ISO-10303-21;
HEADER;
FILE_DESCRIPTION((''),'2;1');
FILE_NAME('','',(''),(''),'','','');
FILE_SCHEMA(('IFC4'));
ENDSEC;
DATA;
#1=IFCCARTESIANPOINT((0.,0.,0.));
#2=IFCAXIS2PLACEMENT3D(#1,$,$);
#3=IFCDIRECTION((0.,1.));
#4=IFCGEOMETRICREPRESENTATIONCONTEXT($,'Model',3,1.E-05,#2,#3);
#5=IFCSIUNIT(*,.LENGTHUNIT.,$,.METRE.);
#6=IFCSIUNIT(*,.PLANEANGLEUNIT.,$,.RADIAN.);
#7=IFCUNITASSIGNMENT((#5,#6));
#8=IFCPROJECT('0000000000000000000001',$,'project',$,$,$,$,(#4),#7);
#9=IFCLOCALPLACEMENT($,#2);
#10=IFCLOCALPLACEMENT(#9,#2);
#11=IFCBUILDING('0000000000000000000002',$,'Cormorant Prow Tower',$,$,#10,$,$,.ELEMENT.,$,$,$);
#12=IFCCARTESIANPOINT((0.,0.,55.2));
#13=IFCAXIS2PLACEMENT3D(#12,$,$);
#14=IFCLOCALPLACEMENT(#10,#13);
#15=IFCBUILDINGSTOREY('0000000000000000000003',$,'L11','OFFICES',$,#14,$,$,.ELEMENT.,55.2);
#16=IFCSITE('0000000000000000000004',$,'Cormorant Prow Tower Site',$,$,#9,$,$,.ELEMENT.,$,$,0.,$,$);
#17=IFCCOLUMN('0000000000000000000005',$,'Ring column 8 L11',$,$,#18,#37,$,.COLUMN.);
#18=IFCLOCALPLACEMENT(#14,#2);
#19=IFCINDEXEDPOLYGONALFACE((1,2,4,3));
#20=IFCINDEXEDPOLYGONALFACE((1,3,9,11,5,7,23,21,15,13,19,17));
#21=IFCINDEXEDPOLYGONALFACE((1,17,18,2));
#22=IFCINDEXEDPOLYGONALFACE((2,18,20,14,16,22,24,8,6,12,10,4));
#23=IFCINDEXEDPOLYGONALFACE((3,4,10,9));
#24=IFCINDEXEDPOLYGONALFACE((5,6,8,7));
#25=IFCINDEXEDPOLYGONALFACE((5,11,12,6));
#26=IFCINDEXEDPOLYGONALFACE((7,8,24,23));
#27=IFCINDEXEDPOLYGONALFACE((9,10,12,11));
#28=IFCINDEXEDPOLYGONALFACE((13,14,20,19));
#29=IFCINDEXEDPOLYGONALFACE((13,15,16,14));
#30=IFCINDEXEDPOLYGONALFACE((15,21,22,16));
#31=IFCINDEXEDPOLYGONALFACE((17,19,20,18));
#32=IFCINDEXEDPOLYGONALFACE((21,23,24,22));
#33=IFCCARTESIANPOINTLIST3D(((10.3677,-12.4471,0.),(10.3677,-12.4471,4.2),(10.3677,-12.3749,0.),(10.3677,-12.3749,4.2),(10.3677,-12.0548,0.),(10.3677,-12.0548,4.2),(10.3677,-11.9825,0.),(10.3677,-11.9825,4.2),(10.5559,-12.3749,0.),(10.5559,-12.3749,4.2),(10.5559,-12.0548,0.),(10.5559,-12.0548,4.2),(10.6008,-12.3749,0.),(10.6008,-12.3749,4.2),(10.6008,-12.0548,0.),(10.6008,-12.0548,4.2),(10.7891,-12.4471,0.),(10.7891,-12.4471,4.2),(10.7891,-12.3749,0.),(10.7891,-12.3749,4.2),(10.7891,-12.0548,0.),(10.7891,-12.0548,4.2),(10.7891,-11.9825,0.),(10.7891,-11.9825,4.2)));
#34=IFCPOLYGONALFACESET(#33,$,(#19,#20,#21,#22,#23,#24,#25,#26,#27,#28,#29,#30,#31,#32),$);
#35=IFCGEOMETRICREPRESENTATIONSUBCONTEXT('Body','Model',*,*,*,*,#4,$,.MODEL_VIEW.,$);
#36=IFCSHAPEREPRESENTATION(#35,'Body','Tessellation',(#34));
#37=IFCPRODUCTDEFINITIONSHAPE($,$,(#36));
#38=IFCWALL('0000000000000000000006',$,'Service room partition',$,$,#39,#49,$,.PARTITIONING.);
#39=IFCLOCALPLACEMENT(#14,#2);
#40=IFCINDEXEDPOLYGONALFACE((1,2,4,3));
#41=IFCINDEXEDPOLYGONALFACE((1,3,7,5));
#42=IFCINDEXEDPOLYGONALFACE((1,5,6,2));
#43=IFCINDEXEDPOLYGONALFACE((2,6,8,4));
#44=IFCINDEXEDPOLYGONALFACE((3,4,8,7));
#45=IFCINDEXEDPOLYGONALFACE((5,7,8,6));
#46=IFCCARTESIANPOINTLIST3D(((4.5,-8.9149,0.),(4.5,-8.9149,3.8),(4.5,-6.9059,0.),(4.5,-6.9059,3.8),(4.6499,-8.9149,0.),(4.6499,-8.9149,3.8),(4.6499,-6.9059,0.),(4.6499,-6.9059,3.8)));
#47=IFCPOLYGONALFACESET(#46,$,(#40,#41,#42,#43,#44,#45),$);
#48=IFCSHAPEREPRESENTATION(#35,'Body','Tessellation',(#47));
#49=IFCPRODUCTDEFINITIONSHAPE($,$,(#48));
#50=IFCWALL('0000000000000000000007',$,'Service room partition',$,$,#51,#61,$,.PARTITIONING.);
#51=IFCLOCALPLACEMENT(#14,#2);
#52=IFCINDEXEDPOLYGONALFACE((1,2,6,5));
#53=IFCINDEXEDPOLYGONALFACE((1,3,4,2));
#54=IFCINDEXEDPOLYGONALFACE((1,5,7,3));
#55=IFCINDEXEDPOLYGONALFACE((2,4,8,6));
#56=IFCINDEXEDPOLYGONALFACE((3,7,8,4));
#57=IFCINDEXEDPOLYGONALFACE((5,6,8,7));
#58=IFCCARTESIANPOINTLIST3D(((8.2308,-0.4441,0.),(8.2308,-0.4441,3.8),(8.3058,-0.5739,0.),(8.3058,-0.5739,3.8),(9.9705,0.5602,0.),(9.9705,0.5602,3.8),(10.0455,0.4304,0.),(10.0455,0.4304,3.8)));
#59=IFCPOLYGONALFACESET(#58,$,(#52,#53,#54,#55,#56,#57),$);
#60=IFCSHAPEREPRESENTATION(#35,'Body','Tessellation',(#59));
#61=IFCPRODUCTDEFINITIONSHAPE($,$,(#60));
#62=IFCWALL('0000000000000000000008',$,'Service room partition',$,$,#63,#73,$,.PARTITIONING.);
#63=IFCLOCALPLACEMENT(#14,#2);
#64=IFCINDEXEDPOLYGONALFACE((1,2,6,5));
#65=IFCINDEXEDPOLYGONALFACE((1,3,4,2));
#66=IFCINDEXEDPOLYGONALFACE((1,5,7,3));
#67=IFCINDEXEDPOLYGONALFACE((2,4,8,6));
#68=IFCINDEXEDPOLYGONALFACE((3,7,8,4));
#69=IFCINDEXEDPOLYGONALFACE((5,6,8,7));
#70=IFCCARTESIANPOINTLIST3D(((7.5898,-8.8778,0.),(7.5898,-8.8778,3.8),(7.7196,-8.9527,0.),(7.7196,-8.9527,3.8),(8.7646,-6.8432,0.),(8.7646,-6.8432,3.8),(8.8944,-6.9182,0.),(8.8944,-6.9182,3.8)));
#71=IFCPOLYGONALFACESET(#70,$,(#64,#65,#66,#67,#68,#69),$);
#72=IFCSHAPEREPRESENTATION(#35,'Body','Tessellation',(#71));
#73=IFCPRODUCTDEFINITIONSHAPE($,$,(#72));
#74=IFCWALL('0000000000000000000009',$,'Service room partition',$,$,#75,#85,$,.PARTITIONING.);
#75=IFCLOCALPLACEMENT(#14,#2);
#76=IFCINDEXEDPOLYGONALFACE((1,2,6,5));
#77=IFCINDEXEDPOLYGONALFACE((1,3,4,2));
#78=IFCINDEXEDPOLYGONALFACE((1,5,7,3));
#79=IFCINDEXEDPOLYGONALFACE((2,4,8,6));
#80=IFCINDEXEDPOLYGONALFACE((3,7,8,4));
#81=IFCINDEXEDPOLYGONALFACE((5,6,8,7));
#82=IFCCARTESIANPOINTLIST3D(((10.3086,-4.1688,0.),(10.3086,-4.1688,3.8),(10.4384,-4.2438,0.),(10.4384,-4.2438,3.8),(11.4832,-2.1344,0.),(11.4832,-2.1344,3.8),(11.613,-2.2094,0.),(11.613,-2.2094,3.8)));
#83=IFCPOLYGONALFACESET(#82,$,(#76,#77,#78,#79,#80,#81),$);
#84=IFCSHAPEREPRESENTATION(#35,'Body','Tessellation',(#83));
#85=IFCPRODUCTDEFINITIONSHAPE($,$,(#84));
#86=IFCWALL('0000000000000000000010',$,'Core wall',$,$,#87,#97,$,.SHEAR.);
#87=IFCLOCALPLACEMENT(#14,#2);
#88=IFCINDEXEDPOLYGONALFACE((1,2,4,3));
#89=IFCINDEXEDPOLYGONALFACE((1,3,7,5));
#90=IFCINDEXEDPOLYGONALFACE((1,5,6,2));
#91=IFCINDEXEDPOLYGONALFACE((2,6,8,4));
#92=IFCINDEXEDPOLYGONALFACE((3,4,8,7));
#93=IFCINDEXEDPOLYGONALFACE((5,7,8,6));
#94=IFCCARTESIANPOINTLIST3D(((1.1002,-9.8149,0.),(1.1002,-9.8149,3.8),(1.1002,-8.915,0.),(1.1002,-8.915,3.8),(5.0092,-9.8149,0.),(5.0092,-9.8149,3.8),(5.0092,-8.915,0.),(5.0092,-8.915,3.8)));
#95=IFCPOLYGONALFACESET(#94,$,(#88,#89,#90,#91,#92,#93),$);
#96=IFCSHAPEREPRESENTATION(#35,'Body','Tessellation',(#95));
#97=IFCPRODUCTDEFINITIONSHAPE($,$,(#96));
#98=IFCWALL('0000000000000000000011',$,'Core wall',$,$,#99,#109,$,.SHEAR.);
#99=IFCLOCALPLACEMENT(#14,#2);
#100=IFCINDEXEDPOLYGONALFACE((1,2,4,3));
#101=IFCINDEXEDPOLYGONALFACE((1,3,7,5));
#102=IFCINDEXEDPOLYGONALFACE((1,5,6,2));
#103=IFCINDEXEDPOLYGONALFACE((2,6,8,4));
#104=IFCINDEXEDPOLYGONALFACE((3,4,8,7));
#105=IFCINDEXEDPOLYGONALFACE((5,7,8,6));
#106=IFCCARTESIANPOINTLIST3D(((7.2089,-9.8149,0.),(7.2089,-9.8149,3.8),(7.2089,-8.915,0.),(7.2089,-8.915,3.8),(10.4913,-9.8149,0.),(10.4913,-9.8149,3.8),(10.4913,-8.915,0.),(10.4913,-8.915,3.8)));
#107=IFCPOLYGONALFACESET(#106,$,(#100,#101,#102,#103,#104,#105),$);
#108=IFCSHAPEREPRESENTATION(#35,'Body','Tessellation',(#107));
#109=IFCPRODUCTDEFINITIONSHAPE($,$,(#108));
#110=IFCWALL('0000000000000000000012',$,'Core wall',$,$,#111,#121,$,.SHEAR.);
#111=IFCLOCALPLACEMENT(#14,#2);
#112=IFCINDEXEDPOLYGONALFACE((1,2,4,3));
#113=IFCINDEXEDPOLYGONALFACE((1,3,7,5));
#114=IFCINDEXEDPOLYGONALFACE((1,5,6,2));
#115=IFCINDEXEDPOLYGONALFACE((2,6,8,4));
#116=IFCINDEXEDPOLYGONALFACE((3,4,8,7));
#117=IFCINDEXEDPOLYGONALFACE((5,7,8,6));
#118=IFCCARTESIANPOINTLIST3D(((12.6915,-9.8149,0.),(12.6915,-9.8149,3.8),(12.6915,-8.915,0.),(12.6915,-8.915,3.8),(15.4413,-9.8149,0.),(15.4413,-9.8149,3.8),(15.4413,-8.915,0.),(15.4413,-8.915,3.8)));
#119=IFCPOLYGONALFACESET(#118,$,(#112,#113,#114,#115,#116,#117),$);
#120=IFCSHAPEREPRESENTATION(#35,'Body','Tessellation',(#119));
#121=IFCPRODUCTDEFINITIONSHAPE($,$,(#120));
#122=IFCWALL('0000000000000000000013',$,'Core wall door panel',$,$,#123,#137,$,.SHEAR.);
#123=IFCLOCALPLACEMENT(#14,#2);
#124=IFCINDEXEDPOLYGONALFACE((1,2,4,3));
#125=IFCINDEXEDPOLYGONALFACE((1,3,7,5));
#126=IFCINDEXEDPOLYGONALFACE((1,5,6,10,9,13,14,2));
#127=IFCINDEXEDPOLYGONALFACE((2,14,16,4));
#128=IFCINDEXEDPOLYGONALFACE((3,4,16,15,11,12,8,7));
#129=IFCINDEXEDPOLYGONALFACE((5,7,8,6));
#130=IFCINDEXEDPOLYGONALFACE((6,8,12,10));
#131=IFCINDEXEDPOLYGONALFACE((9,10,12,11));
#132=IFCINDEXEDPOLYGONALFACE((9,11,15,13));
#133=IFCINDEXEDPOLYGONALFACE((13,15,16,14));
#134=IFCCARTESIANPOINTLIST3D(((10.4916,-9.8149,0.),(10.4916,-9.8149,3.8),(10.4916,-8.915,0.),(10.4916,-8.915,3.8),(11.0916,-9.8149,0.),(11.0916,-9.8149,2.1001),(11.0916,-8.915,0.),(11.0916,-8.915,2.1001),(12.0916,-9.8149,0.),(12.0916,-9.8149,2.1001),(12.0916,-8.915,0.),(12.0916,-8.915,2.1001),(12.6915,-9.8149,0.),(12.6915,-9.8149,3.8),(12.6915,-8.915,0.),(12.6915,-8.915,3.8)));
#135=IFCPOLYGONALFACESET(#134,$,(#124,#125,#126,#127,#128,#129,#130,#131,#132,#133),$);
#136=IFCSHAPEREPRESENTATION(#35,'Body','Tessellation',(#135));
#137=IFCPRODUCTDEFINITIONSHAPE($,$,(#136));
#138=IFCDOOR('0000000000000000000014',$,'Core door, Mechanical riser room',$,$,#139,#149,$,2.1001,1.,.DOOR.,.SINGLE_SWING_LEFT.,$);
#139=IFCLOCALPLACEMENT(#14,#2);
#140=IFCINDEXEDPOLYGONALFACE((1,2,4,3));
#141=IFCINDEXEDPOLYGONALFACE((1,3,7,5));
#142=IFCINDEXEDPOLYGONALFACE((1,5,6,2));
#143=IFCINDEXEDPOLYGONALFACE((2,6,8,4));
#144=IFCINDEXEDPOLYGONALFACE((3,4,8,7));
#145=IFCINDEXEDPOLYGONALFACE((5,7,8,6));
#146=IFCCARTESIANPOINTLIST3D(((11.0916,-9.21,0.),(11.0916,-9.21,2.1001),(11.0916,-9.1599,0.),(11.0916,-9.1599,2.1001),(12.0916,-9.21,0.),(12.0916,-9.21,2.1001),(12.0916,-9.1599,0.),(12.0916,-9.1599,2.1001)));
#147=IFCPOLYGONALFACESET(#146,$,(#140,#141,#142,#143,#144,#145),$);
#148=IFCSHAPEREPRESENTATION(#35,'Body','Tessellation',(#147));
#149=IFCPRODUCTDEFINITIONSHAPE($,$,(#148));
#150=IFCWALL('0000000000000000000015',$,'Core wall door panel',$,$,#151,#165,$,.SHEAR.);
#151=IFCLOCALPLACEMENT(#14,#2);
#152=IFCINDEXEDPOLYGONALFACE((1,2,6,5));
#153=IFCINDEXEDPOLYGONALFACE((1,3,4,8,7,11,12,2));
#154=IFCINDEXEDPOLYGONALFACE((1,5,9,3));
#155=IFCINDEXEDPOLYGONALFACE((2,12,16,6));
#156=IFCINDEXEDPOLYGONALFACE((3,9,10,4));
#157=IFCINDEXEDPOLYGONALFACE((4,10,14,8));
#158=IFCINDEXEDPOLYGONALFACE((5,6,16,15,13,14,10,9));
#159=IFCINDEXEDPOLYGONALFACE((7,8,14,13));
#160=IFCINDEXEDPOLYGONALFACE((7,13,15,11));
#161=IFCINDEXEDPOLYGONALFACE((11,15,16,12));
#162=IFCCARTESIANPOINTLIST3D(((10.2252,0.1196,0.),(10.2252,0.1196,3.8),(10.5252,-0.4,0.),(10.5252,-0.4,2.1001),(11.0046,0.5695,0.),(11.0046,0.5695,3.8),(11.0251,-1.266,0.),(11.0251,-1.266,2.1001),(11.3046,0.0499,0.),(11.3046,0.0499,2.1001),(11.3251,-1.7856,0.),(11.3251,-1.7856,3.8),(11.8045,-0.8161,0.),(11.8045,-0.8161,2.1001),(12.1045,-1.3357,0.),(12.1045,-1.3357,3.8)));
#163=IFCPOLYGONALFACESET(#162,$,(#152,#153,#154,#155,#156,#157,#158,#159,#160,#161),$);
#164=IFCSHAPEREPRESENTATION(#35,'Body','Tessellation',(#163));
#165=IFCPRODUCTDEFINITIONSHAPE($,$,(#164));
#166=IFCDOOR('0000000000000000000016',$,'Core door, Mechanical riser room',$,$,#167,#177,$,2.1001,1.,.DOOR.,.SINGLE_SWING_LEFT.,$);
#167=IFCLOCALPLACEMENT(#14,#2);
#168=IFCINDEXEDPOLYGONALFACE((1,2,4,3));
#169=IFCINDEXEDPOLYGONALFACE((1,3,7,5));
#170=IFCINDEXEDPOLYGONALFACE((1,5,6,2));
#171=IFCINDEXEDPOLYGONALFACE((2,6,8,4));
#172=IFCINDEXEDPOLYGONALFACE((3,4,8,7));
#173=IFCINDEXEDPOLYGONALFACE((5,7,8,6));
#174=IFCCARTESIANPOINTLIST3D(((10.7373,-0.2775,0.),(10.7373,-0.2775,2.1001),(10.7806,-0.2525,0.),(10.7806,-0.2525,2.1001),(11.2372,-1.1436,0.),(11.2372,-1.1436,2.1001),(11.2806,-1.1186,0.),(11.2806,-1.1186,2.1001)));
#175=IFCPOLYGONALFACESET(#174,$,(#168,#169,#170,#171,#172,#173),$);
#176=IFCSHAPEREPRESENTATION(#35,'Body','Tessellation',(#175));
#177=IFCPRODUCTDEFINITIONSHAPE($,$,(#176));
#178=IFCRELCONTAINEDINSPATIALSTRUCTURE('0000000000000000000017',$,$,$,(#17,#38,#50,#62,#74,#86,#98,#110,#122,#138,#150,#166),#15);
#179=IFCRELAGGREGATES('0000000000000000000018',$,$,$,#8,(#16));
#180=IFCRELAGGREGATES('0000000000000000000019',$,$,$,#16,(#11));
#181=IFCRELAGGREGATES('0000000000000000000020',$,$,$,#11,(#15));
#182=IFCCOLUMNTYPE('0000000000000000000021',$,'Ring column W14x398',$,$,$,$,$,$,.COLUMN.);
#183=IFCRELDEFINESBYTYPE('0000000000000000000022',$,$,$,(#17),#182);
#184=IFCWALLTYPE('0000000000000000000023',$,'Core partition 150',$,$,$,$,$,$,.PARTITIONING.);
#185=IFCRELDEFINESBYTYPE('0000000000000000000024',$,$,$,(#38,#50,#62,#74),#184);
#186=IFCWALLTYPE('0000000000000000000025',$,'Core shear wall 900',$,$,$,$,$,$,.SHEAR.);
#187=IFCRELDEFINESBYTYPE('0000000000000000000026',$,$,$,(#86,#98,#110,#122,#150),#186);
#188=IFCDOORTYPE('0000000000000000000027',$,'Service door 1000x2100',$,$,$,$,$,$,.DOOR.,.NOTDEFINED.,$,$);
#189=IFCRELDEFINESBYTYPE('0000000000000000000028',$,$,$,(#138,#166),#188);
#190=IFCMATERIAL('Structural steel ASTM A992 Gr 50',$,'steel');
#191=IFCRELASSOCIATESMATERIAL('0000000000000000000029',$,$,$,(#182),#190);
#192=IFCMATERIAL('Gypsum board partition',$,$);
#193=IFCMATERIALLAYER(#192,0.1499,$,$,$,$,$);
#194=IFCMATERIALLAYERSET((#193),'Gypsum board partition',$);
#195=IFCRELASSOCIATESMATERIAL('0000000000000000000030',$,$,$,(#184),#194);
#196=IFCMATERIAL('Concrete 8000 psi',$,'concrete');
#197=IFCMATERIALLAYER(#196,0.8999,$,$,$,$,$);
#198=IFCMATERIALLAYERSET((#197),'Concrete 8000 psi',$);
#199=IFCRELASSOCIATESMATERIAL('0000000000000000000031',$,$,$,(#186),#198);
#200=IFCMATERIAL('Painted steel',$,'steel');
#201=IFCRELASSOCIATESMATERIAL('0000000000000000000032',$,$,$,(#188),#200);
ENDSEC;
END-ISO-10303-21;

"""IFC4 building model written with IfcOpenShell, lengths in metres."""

from ifc_helpers import new_model, si_unit, direction, frame, frame_2d, origin, origin_2d, place, context, subcontext, project, spatial, rectangle, i_section, extrude, material, layer, layer_set, material_profile, profile_set, type_object, element, fill, save


model = new_model("IFC4")

# Units and contexts
model_context = context("Model", 3, precision=1e-05, world=origin(), true_north=direction((0.0, 1.0)))
body_context = subcontext(model_context, "Body", "Model", "MODEL_VIEW")
ifc_project = project(units=[si_unit("LENGTHUNIT", "METRE"), si_unit("PLANEANGLEUNIT", "RADIAN")], contexts=[model_context])

# Site, building, storey
site_placement = place(None, origin())
site = spatial("IfcSite", under=ifc_project, at=site_placement, Name="Cormorant Prow Tower Site", CompositionType="ELEMENT", RefElevation=0.0)
building_placement = place(site_placement, origin())
building = spatial("IfcBuilding", under=site, at=building_placement, Name="Cormorant Prow Tower", CompositionType="ELEMENT")
storey_placement = place(building_placement, frame((0.0, 0.0, 55.2)))
storey = spatial("IfcBuildingStorey", under=building, at=storey_placement, Name="L11", Description="OFFICES", CompositionType="ELEMENT", Elevation=55.2)

# Column
ifc_material_1 = material(Name="Structural steel ASTM A992 Gr 50", Category="steel")
ifc_material_profile = material_profile(ifc_material_1, i_section(OverallWidth=0.4214, OverallDepth=0.4646, WebThickness=0.0449, FlangeThickness=0.0723, at=origin_2d()), Name="W14x398")
ifc_profile_set = profile_set([ifc_material_profile], Name="Structural steel ASTM A992 Gr 50")
column_type = type_object("IfcColumnType", Name="Ring column W14x398", PredefinedType="COLUMN", material=ifc_profile_set)
column_placement = place(storey_placement, frame((10.5784, -12.2148, 0.0), z_axis=(0.0, 0.0, 1.0), x_axis=(1.0, 0.0, 0.0)))
element("IfcColumn", 1, at=column_placement, inside=storey, type_object=column_type, Name="Ring column 8 L11", PredefinedType="COLUMN", context=body_context, shape_type="SweptSolid", body=[
    extrude(i_section(OverallWidth=0.4214, OverallDepth=0.4646, WebThickness=0.0449, FlangeThickness=0.0723, at=origin_2d()), origin(), (0.0, 0.0, 1.0), 4.2),
])

# Walls
ifc_material_2 = material(Name="Gypsum board partition")
ifc_layer_1 = layer(ifc_material_2, 0.1499)
ifc_layer_set_1 = layer_set([ifc_layer_1], Name="Gypsum board partition")
wall_type_1 = type_object("IfcWallType", Name="Core partition 150", PredefinedType="PARTITIONING", material=ifc_layer_set_1)
wall_1_placement = place(storey_placement, frame((4.575, -6.906, 0.0), z_axis=(0.0, 0.0, 1.0), x_axis=(0.0, -1.0, 0.0)))
element("IfcWall", 2, at=wall_1_placement, inside=storey, type_object=wall_type_1, Name="Service room partition", PredefinedType="PARTITIONING", context=body_context, shape_type="SweptSolid", body=[
    extrude(rectangle(XDim=2.009, YDim=0.1499, at=frame_2d((1.0044, 0.0))), origin(), (0.0, 0.0, 1.0), 3.8),
])
wall_2_placement = place(storey_placement, frame((8.2683, -0.509, 0.0), z_axis=(0.0, 0.0, 1.0), x_axis=(0.866036, 0.499982, 0.0)))
element("IfcWall", 3, at=wall_2_placement, inside=storey, type_object=wall_type_1, Name="Service room partition", PredefinedType="PARTITIONING", context=body_context, shape_type="SweptSolid", body=[
    extrude(rectangle(XDim=2.0088, YDim=0.1499, at=frame_2d((1.0044, 0.0))), origin(), (0.0, 0.0, 1.0), 3.8),
])
wall_3_placement = place(storey_placement, frame((8.8296, -6.8806, 0.0), z_axis=(0.0, 0.0, 1.0), x_axis=(-0.500073, -0.865983, 0.0)))
element("IfcWall", 4, at=wall_3_placement, inside=storey, type_object=wall_type_1, Name="Service room partition", PredefinedType="PARTITIONING", context=body_context, shape_type="SweptSolid", body=[
    extrude(rectangle(XDim=2.3494, YDim=0.1499, at=frame_2d((1.1748, 0.0))), origin(), (0.0, 0.0, 1.0), 3.8),
])
wall_4_placement = place(storey_placement, frame((10.3735, -4.2063, 0.0), z_axis=(0.0, 0.0, 1.0), x_axis=(0.499995, 0.866028, 0.0)))
element("IfcWall", 5, at=wall_4_placement, inside=storey, type_object=wall_type_1, Name="Service room partition", PredefinedType="PARTITIONING", context=body_context, shape_type="SweptSolid", body=[
    extrude(rectangle(XDim=2.3491, YDim=0.1499, at=frame_2d((1.1746, 0.0))), origin(), (0.0, 0.0, 1.0), 3.8),
])
ifc_material_3 = material(Name="Concrete 8000 psi", Category="concrete")
ifc_layer_2 = layer(ifc_material_3, 0.8999)
ifc_layer_set_2 = layer_set([ifc_layer_2], Name="Concrete 8000 psi")
wall_type_2 = type_object("IfcWallType", Name="Core shear wall 900", PredefinedType="SHEAR", material=ifc_layer_set_2)
wall_5_placement = place(storey_placement, frame((1.1001, -9.365, 0.0), z_axis=(0.0, 0.0, 1.0), x_axis=(1.0, 0.0, 0.0)))
element("IfcWall", 6, at=wall_5_placement, inside=storey, type_object=wall_type_2, Name="Core wall", PredefinedType="SHEAR", context=body_context, shape_type="SweptSolid", body=[
    extrude(rectangle(XDim=3.9089, YDim=0.8999, at=frame_2d((1.9546, 0.0))), origin(), (0.0, 0.0, 1.0), 3.8),
])
wall_6_placement = place(storey_placement, frame((7.209, -9.365, 0.0), z_axis=(0.0, 0.0, 1.0), x_axis=(1.0, 0.0, 0.0)))
element("IfcWall", 7, at=wall_6_placement, inside=storey, type_object=wall_type_2, Name="Core wall", PredefinedType="SHEAR", context=body_context, shape_type="SweptSolid", body=[
    extrude(rectangle(XDim=3.2825, YDim=0.8999, at=frame_2d((1.6411, 0.0))), origin(), (0.0, 0.0, 1.0), 3.8),
])
wall_7_placement = place(storey_placement, frame((12.6914, -9.365, 0.0), z_axis=(0.0, 0.0, 1.0), x_axis=(1.0, 0.0, 0.0)))
element("IfcWall", 8, at=wall_7_placement, inside=storey, type_object=wall_type_2, Name="Core wall", PredefinedType="SHEAR", context=body_context, shape_type="SweptSolid", body=[
    extrude(rectangle(XDim=2.7498, YDim=0.8999, at=frame_2d((1.375, 0.0))), origin(), (0.0, 0.0, 1.0), 3.8),
])

# Walls, openings, doors
wall_8_placement = place(storey_placement, frame((10.4915, -9.365, 0.0), z_axis=(0.0, 0.0, 1.0), x_axis=(1.0, 0.0, 0.0)))
wall_8 = element("IfcWall", 9, at=wall_8_placement, inside=storey, type_object=wall_type_2, Name="Core wall door panel", PredefinedType="SHEAR", context=body_context, shape_type="SweptSolid", body=[
    extrude(rectangle(XDim=2.2, YDim=0.8999, at=frame_2d((1.1001, 0.0))), origin(), (0.0, 0.0, 1.0), 3.8),
])
opening_1_placement = place(wall_8_placement, frame((0.6001, 0.0, 0.0)))
opening_1 = element("IfcOpeningElement", 10, at=opening_1_placement, cuts=wall_8, PredefinedType="OPENING", context=body_context, shape_type="SweptSolid", body=[
    extrude(rectangle(XDim=1.0, YDim=2.1001, at=frame_2d((0.5, 1.05))), frame((0.0, 0.46, 0.0), z_axis=(0.0, -1.0, 0.0), x_axis=(1.0, 0.0, 0.0)), (0.0, 0.0, 1.0), 0.9199),
])
ifc_material_4 = material(Name="Painted steel", Category="steel")
door_type_1 = type_object("IfcDoorType", Name="Service door 1000x2100", OperationType="NOTDEFINED", PredefinedType="DOOR", material=ifc_material_4)
door_1_placement = place(opening_1_placement, origin())
door_1 = element("IfcDoor", 11, at=door_1_placement, inside=storey, type_object=door_type_1, Name="Core door, Mechanical riser room", OperationType="SINGLE_SWING_LEFT", OverallHeight=2.1001, OverallWidth=1.0, PredefinedType="DOOR", context=body_context, shape_type="SweptSolid", body=[
    extrude(rectangle(XDim=1.0, YDim=2.1001, at=frame_2d((0.5, 1.05))), frame((0.0, 0.2051, 0.0), z_axis=(0.0, -1.0, 0.0), x_axis=(1.0, 0.0, 0.0)), (0.0, 0.0, 1.0), 0.05),
])
fill(opening_1, door_1)
wall_9_placement = place(storey_placement, frame((11.7148, -1.5608, 0.0), z_axis=(0.0, 0.0, 1.0), x_axis=(-0.499947, 0.866056, 0.0)))
wall_9 = element("IfcWall", 12, at=wall_9_placement, inside=storey, type_object=wall_type_2, Name="Core wall door panel", PredefinedType="SHEAR", context=body_context, shape_type="SweptSolid", body=[
    extrude(rectangle(XDim=2.2, YDim=0.8999, at=frame_2d((1.1001, 0.0))), origin(), (0.0, 0.0, 1.0), 3.8),
])
opening_2_placement = place(wall_9_placement, frame((0.6001, 0.0, 0.0)))
opening_2 = element("IfcOpeningElement", 13, at=opening_2_placement, cuts=wall_9, PredefinedType="OPENING", context=body_context, shape_type="SweptSolid", body=[
    extrude(rectangle(XDim=1.0, YDim=2.1001, at=frame_2d((0.5, 1.05))), frame((0.0, 0.46, 0.0), z_axis=(0.0, -1.0, 0.0), x_axis=(1.0, 0.0, 0.0)), (0.0, 0.0, 1.0), 0.9199),
])
door_2_placement = place(opening_2_placement, origin())
door_2 = element("IfcDoor", 14, at=door_2_placement, inside=storey, type_object=door_type_1, Name="Core door, Mechanical riser room", OperationType="SINGLE_SWING_LEFT", OverallHeight=2.1001, OverallWidth=1.0, PredefinedType="DOOR", context=body_context, shape_type="SweptSolid", body=[
    extrude(rectangle(XDim=1.0, YDim=2.1001, at=frame_2d((0.5, 1.05))), frame((0.0, 0.2051, 0.0), z_axis=(0.0, -1.0, 0.0), x_axis=(1.0, 0.0, 0.0)), (0.0, 0.0, 1.0), 0.05),
])
fill(opening_2, door_2)

save(model, "model.ifc")
